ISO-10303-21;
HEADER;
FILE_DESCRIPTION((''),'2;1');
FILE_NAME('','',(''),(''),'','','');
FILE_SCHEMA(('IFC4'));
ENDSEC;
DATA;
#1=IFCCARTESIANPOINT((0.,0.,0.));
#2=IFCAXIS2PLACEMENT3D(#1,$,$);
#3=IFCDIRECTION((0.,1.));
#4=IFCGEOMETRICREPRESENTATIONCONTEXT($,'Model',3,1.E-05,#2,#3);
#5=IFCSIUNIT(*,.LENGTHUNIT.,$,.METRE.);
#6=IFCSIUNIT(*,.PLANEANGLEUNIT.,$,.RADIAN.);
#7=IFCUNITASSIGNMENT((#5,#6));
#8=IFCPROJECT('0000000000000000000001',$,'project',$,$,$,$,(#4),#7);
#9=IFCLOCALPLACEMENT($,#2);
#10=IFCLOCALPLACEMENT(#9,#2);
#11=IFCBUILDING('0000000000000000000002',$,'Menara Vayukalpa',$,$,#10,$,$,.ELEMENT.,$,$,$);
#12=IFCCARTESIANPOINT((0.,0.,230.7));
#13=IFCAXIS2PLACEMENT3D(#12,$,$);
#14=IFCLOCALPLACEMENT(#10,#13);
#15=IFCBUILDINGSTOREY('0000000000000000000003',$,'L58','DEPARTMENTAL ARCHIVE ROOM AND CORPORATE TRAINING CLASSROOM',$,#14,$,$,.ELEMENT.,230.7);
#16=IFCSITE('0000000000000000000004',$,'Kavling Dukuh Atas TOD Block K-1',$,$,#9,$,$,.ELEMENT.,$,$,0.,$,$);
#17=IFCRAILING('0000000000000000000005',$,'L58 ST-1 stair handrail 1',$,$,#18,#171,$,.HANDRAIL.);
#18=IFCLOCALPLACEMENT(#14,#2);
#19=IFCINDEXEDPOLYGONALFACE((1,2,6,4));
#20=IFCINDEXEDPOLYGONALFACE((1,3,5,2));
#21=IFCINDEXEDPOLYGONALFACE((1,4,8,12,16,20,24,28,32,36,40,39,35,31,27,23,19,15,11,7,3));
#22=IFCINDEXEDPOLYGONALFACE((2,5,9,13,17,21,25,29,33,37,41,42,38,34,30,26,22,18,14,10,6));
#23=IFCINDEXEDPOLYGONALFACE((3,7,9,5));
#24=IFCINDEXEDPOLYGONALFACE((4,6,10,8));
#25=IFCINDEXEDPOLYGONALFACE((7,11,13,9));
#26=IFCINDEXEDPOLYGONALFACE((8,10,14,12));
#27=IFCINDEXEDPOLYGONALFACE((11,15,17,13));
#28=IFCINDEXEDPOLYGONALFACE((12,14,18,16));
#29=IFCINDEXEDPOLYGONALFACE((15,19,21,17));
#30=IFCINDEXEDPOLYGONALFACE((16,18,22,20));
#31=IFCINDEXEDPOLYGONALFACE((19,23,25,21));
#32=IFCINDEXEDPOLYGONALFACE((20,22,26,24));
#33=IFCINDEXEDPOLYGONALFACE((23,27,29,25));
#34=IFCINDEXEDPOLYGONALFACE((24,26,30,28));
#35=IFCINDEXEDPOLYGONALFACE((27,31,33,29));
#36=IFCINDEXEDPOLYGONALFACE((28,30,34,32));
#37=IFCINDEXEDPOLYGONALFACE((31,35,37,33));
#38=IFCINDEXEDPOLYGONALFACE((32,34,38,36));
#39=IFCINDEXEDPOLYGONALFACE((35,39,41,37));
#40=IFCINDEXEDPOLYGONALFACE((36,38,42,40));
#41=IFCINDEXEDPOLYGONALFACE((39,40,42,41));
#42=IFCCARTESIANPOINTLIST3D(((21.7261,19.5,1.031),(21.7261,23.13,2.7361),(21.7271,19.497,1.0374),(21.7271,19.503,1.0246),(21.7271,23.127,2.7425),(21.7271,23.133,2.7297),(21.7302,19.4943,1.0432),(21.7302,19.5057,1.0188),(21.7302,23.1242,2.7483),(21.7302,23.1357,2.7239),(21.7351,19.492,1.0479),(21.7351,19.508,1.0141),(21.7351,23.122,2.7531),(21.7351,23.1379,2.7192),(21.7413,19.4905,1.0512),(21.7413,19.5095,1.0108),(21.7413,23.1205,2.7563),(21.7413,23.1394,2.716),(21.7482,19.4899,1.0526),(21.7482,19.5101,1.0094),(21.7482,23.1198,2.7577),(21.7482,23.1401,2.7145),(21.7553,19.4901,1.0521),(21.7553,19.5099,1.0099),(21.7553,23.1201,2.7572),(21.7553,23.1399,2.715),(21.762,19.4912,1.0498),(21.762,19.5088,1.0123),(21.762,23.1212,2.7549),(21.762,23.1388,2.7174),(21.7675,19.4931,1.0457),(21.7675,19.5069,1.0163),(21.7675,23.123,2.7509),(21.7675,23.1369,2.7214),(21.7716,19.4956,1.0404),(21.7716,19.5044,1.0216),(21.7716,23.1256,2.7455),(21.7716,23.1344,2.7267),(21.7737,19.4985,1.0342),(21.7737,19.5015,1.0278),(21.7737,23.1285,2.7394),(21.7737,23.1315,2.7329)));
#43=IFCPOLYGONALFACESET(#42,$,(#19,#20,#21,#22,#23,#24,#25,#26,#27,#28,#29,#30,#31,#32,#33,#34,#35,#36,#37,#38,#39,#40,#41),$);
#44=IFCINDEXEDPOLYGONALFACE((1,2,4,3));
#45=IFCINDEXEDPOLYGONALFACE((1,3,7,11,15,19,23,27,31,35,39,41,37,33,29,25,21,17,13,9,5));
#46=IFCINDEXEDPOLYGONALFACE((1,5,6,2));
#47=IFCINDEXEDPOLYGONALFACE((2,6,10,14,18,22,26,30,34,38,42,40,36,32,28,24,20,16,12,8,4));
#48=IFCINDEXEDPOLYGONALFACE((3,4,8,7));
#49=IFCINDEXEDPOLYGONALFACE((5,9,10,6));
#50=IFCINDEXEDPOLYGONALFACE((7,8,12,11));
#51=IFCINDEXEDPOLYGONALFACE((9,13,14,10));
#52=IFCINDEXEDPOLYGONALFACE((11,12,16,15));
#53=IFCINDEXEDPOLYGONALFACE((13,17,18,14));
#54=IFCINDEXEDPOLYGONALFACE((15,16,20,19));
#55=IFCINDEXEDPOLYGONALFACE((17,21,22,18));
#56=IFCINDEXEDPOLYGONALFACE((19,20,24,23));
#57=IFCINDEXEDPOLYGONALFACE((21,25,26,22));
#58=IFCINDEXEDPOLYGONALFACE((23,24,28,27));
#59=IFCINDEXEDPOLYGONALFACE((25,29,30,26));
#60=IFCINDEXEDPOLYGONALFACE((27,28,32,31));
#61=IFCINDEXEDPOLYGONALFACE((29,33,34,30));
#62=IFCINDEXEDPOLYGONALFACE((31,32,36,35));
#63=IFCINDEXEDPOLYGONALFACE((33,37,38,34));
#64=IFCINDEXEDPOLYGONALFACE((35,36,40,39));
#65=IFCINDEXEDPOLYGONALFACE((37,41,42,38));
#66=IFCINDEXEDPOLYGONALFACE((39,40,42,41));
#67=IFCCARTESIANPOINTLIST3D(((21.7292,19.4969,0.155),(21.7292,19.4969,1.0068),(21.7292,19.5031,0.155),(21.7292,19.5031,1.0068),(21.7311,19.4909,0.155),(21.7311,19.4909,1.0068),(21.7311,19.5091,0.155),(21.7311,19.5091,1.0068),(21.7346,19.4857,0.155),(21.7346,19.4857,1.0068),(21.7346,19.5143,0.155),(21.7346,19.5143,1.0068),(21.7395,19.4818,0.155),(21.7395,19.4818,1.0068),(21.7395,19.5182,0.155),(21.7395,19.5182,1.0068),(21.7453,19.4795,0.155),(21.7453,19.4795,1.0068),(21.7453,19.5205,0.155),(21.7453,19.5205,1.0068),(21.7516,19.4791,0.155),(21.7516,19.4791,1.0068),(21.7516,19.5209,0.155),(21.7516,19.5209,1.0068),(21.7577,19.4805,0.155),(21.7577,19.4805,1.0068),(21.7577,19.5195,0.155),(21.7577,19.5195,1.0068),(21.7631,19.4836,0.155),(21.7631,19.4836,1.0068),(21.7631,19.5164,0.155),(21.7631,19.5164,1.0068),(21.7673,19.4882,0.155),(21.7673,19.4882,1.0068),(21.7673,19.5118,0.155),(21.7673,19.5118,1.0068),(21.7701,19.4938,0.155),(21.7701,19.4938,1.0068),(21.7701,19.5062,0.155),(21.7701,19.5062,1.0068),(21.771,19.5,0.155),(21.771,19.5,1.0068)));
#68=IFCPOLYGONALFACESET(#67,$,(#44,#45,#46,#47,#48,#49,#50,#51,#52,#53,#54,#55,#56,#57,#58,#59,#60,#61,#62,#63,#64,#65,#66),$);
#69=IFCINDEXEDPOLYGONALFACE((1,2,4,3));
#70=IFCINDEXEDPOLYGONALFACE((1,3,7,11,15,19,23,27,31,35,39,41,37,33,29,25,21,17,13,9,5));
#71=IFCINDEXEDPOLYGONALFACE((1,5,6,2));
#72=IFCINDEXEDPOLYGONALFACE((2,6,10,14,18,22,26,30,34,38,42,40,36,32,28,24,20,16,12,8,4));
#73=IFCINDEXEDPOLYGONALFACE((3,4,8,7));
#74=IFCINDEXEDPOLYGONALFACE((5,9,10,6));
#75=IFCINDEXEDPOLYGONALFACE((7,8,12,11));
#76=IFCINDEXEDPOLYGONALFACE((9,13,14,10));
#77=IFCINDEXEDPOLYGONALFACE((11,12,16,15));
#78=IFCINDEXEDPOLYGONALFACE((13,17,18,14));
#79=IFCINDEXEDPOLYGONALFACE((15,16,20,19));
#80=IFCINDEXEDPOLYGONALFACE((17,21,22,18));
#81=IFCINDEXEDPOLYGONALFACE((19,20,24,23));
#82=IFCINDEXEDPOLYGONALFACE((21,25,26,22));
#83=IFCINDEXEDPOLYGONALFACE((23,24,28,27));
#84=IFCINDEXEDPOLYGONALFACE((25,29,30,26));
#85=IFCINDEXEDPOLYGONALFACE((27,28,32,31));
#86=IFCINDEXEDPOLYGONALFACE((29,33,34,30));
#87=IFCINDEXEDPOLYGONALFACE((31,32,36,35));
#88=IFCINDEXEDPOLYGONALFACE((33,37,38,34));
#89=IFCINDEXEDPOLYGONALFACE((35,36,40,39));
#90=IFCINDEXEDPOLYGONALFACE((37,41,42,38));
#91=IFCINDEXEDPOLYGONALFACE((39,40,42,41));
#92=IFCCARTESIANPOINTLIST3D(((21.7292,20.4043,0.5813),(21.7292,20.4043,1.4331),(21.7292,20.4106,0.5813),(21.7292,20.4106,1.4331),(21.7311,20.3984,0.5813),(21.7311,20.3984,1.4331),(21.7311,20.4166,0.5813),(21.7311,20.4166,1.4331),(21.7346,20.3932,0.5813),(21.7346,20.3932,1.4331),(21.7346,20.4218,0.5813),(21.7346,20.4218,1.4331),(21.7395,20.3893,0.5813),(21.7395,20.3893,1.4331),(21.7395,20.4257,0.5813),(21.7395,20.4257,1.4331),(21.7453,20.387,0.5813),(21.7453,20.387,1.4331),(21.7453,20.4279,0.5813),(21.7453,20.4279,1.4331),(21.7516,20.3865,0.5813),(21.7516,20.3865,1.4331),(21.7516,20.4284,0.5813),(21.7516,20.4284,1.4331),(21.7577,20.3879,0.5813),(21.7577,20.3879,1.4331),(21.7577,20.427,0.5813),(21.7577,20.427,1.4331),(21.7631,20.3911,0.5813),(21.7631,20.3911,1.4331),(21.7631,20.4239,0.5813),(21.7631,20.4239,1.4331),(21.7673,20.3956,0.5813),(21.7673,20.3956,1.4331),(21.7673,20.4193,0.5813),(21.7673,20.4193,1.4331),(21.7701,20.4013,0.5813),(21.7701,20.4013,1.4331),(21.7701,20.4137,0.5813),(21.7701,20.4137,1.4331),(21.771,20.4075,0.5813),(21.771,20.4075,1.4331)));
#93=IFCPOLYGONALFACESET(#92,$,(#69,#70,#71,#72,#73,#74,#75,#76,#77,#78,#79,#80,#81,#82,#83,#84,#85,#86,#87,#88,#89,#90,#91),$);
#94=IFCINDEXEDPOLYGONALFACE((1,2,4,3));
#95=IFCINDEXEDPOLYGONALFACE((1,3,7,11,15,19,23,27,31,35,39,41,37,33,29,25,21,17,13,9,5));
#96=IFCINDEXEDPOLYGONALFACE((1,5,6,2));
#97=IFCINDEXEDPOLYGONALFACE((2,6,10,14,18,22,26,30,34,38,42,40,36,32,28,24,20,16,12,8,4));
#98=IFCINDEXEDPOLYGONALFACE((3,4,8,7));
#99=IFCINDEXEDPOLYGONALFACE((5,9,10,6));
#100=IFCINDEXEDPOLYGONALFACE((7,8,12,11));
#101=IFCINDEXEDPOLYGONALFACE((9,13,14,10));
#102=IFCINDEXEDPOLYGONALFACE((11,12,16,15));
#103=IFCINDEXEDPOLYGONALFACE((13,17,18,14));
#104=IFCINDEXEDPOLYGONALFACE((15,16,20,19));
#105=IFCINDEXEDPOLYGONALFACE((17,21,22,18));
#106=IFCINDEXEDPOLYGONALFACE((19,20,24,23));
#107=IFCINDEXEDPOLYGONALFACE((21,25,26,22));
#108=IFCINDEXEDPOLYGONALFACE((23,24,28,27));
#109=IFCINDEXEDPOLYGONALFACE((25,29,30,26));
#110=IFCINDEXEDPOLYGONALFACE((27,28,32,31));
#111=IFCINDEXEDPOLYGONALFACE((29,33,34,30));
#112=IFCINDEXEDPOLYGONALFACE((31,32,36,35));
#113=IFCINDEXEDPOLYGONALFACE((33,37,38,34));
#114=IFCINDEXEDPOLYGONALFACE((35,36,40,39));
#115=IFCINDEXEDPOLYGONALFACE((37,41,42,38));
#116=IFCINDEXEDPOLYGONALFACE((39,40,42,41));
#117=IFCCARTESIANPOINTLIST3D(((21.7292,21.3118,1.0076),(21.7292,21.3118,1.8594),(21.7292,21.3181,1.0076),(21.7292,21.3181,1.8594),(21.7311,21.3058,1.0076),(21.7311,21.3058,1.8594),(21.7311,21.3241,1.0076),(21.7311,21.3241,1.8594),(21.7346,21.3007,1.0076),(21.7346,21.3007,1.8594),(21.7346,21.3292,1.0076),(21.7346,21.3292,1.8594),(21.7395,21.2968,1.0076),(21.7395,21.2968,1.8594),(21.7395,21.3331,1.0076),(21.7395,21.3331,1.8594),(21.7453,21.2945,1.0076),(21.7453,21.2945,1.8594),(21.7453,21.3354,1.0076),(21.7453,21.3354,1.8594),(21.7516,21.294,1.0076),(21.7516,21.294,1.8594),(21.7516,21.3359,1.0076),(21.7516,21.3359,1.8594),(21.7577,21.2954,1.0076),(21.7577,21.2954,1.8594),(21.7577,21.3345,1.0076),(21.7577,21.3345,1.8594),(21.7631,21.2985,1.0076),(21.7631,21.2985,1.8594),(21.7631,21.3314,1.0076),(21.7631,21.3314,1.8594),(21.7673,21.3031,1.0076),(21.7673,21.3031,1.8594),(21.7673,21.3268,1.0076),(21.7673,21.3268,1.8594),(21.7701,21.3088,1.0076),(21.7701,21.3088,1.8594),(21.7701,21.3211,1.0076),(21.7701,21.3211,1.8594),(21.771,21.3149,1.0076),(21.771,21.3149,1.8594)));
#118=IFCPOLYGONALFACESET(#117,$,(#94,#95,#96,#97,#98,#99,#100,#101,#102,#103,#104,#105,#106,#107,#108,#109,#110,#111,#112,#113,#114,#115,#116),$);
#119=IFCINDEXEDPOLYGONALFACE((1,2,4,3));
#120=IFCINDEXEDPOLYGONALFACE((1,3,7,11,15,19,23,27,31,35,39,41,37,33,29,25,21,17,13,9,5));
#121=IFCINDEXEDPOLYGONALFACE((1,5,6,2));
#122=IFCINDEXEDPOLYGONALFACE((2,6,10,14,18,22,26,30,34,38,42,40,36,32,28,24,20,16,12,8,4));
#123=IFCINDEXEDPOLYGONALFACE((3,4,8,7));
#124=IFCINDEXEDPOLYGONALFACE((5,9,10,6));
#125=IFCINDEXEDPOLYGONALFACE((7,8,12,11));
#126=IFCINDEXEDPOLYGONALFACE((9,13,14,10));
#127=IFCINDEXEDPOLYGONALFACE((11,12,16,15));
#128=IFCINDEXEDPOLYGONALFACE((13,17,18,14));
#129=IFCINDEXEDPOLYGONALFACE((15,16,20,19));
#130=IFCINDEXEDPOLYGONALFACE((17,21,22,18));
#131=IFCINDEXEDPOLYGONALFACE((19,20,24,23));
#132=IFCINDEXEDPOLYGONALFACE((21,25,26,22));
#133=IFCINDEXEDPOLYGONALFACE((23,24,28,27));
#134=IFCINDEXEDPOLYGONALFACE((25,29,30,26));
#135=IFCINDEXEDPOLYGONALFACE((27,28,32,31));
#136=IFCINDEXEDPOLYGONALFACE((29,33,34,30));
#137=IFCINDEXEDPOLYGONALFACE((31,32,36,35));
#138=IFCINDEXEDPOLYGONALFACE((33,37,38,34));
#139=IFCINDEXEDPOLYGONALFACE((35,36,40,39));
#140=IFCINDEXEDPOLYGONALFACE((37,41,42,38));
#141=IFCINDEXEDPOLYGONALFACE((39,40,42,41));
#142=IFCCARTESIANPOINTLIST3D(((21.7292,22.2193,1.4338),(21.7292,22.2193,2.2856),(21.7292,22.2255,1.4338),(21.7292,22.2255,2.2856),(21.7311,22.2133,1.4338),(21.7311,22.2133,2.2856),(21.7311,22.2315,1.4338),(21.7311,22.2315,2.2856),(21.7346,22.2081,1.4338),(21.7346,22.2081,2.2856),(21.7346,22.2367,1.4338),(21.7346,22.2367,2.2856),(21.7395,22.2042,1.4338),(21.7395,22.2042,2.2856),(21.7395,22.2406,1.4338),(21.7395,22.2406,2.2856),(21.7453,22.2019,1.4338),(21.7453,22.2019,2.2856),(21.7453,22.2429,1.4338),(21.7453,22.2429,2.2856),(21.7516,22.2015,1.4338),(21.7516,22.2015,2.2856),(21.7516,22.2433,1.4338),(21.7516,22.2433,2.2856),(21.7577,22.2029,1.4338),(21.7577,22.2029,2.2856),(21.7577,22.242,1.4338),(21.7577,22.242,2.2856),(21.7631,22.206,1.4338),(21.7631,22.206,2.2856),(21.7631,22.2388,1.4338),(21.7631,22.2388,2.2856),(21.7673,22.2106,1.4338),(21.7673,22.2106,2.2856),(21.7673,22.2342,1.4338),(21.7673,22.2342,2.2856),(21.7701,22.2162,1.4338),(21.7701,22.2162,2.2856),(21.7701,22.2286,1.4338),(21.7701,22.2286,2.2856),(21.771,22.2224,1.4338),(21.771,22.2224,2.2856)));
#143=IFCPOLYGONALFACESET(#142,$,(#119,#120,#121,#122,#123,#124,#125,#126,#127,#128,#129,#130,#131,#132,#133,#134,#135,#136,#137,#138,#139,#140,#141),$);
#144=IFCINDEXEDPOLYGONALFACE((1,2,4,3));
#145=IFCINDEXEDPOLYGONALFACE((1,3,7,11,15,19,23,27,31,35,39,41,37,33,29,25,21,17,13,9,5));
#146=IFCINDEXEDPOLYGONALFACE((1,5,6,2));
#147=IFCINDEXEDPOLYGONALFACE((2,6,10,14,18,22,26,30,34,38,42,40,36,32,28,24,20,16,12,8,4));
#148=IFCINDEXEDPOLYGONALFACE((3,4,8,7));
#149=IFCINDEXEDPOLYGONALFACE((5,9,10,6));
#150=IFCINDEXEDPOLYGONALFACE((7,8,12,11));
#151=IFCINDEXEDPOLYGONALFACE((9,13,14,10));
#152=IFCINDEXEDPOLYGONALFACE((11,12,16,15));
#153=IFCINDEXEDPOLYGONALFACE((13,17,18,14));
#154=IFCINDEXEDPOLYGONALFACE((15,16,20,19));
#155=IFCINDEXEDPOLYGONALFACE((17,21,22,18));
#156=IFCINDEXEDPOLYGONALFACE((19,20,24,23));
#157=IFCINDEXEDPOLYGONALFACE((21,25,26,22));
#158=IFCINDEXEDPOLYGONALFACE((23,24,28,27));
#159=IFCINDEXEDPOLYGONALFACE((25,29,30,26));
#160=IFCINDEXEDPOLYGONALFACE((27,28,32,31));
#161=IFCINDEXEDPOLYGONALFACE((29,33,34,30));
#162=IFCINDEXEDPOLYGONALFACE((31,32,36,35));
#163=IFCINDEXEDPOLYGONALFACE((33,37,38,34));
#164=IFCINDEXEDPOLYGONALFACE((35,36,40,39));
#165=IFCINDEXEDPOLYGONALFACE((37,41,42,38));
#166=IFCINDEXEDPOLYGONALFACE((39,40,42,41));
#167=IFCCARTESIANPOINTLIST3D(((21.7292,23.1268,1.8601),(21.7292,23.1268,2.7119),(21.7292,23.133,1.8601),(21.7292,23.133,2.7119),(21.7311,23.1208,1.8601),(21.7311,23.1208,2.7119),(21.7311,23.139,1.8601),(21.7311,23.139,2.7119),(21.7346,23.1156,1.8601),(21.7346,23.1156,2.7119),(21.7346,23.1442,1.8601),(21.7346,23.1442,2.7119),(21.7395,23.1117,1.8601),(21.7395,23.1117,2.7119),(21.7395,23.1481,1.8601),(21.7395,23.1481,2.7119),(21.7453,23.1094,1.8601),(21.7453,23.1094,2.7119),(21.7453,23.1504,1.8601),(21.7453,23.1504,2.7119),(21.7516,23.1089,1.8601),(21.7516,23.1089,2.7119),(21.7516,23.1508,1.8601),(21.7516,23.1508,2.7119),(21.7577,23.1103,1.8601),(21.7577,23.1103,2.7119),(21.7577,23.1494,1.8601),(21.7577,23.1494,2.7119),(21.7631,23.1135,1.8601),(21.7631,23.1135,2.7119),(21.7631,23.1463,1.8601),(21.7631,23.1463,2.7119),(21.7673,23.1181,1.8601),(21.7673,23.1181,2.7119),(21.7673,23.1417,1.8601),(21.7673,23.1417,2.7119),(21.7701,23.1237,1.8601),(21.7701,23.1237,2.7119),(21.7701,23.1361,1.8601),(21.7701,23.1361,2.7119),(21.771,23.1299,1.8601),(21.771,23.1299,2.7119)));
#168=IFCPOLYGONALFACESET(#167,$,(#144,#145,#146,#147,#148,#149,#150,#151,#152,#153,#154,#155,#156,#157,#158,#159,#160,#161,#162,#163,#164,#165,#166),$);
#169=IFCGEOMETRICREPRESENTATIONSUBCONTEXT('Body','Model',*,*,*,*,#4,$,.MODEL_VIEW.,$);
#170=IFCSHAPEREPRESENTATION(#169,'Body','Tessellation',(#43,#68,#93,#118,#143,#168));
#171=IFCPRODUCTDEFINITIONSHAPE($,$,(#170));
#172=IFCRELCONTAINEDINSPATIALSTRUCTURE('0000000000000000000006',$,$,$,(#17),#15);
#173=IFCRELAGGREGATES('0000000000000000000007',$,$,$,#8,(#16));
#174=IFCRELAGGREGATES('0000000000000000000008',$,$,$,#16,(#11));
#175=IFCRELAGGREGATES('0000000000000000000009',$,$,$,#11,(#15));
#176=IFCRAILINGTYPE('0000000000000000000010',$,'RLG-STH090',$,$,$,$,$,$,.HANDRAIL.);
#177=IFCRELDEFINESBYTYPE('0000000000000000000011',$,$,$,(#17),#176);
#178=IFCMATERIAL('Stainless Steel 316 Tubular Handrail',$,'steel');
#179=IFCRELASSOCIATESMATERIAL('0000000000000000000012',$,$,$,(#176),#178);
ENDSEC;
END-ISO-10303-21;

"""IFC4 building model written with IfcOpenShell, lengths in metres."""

from ifc_helpers import new_model, si_unit, direction, frame, origin, origin_2d, place, context, subcontext, project, spatial, circle, extrude, material, type_object, element, save


model = new_model("IFC4")

# Units and contexts
model_context = context("Model", 3, precision=1e-05, world=origin(), true_north=direction((0.0, 1.0)))
body_context = subcontext(model_context, "Body", "Model", "MODEL_VIEW")
ifc_project = project(units=[si_unit("LENGTHUNIT", "METRE"), si_unit("PLANEANGLEUNIT", "RADIAN")], contexts=[model_context])

# Site, building, storey
site_placement = place(None, origin())
site = spatial("IfcSite", under=ifc_project, at=site_placement, Name="Kavling Dukuh Atas TOD Block K-1", CompositionType="ELEMENT", RefElevation=0.0)
building_placement = place(site_placement, origin())
building = spatial("IfcBuilding", under=site, at=building_placement, Name="Menara Vayukalpa", CompositionType="ELEMENT")
storey_placement = place(building_placement, frame((0.0, 0.0, 230.7)))
storey = spatial("IfcBuildingStorey", under=building, at=storey_placement, Name="L58", Description="DEPARTMENTAL ARCHIVE ROOM AND CORPORATE TRAINING CLASSROOM", CompositionType="ELEMENT", Elevation=230.7)

# Railing
ifc_material_1 = material(Name="Stainless Steel 316 Tubular Handrail", Category="steel")
railing_type_1 = type_object("IfcRailingType", Name="RLG-STH090", PredefinedType="HANDRAIL", material=ifc_material_1)
railing_1_placement = place(storey_placement, frame((21.75, 19.5, 0.155)))
element("IfcRailing", 1, at=railing_1_placement, inside=storey, type_object=railing_type_1, Name="L58 ST-1 stair handrail 1", PredefinedType="HANDRAIL", context=body_context, shape_type="SweptSolid", body=[
    extrude(circle(Radius=0.0239, at=origin_2d()), frame((0.0, 0.0, 0.876), z_axis=(0.0, 0.905116, 0.425164), x_axis=(-1.0, 0.0, 0.0)), (0.0, 0.0, 1.0), 4.0105),
    extrude(circle(Radius=0.021, at=origin_2d()), origin(), (0.0, 0.0, 1.0), 0.8518),
    extrude(circle(Radius=0.021, at=origin_2d()), frame((0.0, 0.9075, 0.4263)), (0.0, 0.0, 1.0), 0.8518),
    extrude(circle(Radius=0.021, at=origin_2d()), frame((0.0, 1.8149, 0.8525)), (0.0, 0.0, 1.0), 0.8518),
    extrude(circle(Radius=0.021, at=origin_2d()), frame((0.0, 2.7224, 1.2788)), (0.0, 0.0, 1.0), 0.8518),
    extrude(circle(Radius=0.021, at=origin_2d()), frame((0.0, 3.6299, 1.7051)), (0.0, 0.0, 1.0), 0.8518),
])

save(model, "model.ifc")
